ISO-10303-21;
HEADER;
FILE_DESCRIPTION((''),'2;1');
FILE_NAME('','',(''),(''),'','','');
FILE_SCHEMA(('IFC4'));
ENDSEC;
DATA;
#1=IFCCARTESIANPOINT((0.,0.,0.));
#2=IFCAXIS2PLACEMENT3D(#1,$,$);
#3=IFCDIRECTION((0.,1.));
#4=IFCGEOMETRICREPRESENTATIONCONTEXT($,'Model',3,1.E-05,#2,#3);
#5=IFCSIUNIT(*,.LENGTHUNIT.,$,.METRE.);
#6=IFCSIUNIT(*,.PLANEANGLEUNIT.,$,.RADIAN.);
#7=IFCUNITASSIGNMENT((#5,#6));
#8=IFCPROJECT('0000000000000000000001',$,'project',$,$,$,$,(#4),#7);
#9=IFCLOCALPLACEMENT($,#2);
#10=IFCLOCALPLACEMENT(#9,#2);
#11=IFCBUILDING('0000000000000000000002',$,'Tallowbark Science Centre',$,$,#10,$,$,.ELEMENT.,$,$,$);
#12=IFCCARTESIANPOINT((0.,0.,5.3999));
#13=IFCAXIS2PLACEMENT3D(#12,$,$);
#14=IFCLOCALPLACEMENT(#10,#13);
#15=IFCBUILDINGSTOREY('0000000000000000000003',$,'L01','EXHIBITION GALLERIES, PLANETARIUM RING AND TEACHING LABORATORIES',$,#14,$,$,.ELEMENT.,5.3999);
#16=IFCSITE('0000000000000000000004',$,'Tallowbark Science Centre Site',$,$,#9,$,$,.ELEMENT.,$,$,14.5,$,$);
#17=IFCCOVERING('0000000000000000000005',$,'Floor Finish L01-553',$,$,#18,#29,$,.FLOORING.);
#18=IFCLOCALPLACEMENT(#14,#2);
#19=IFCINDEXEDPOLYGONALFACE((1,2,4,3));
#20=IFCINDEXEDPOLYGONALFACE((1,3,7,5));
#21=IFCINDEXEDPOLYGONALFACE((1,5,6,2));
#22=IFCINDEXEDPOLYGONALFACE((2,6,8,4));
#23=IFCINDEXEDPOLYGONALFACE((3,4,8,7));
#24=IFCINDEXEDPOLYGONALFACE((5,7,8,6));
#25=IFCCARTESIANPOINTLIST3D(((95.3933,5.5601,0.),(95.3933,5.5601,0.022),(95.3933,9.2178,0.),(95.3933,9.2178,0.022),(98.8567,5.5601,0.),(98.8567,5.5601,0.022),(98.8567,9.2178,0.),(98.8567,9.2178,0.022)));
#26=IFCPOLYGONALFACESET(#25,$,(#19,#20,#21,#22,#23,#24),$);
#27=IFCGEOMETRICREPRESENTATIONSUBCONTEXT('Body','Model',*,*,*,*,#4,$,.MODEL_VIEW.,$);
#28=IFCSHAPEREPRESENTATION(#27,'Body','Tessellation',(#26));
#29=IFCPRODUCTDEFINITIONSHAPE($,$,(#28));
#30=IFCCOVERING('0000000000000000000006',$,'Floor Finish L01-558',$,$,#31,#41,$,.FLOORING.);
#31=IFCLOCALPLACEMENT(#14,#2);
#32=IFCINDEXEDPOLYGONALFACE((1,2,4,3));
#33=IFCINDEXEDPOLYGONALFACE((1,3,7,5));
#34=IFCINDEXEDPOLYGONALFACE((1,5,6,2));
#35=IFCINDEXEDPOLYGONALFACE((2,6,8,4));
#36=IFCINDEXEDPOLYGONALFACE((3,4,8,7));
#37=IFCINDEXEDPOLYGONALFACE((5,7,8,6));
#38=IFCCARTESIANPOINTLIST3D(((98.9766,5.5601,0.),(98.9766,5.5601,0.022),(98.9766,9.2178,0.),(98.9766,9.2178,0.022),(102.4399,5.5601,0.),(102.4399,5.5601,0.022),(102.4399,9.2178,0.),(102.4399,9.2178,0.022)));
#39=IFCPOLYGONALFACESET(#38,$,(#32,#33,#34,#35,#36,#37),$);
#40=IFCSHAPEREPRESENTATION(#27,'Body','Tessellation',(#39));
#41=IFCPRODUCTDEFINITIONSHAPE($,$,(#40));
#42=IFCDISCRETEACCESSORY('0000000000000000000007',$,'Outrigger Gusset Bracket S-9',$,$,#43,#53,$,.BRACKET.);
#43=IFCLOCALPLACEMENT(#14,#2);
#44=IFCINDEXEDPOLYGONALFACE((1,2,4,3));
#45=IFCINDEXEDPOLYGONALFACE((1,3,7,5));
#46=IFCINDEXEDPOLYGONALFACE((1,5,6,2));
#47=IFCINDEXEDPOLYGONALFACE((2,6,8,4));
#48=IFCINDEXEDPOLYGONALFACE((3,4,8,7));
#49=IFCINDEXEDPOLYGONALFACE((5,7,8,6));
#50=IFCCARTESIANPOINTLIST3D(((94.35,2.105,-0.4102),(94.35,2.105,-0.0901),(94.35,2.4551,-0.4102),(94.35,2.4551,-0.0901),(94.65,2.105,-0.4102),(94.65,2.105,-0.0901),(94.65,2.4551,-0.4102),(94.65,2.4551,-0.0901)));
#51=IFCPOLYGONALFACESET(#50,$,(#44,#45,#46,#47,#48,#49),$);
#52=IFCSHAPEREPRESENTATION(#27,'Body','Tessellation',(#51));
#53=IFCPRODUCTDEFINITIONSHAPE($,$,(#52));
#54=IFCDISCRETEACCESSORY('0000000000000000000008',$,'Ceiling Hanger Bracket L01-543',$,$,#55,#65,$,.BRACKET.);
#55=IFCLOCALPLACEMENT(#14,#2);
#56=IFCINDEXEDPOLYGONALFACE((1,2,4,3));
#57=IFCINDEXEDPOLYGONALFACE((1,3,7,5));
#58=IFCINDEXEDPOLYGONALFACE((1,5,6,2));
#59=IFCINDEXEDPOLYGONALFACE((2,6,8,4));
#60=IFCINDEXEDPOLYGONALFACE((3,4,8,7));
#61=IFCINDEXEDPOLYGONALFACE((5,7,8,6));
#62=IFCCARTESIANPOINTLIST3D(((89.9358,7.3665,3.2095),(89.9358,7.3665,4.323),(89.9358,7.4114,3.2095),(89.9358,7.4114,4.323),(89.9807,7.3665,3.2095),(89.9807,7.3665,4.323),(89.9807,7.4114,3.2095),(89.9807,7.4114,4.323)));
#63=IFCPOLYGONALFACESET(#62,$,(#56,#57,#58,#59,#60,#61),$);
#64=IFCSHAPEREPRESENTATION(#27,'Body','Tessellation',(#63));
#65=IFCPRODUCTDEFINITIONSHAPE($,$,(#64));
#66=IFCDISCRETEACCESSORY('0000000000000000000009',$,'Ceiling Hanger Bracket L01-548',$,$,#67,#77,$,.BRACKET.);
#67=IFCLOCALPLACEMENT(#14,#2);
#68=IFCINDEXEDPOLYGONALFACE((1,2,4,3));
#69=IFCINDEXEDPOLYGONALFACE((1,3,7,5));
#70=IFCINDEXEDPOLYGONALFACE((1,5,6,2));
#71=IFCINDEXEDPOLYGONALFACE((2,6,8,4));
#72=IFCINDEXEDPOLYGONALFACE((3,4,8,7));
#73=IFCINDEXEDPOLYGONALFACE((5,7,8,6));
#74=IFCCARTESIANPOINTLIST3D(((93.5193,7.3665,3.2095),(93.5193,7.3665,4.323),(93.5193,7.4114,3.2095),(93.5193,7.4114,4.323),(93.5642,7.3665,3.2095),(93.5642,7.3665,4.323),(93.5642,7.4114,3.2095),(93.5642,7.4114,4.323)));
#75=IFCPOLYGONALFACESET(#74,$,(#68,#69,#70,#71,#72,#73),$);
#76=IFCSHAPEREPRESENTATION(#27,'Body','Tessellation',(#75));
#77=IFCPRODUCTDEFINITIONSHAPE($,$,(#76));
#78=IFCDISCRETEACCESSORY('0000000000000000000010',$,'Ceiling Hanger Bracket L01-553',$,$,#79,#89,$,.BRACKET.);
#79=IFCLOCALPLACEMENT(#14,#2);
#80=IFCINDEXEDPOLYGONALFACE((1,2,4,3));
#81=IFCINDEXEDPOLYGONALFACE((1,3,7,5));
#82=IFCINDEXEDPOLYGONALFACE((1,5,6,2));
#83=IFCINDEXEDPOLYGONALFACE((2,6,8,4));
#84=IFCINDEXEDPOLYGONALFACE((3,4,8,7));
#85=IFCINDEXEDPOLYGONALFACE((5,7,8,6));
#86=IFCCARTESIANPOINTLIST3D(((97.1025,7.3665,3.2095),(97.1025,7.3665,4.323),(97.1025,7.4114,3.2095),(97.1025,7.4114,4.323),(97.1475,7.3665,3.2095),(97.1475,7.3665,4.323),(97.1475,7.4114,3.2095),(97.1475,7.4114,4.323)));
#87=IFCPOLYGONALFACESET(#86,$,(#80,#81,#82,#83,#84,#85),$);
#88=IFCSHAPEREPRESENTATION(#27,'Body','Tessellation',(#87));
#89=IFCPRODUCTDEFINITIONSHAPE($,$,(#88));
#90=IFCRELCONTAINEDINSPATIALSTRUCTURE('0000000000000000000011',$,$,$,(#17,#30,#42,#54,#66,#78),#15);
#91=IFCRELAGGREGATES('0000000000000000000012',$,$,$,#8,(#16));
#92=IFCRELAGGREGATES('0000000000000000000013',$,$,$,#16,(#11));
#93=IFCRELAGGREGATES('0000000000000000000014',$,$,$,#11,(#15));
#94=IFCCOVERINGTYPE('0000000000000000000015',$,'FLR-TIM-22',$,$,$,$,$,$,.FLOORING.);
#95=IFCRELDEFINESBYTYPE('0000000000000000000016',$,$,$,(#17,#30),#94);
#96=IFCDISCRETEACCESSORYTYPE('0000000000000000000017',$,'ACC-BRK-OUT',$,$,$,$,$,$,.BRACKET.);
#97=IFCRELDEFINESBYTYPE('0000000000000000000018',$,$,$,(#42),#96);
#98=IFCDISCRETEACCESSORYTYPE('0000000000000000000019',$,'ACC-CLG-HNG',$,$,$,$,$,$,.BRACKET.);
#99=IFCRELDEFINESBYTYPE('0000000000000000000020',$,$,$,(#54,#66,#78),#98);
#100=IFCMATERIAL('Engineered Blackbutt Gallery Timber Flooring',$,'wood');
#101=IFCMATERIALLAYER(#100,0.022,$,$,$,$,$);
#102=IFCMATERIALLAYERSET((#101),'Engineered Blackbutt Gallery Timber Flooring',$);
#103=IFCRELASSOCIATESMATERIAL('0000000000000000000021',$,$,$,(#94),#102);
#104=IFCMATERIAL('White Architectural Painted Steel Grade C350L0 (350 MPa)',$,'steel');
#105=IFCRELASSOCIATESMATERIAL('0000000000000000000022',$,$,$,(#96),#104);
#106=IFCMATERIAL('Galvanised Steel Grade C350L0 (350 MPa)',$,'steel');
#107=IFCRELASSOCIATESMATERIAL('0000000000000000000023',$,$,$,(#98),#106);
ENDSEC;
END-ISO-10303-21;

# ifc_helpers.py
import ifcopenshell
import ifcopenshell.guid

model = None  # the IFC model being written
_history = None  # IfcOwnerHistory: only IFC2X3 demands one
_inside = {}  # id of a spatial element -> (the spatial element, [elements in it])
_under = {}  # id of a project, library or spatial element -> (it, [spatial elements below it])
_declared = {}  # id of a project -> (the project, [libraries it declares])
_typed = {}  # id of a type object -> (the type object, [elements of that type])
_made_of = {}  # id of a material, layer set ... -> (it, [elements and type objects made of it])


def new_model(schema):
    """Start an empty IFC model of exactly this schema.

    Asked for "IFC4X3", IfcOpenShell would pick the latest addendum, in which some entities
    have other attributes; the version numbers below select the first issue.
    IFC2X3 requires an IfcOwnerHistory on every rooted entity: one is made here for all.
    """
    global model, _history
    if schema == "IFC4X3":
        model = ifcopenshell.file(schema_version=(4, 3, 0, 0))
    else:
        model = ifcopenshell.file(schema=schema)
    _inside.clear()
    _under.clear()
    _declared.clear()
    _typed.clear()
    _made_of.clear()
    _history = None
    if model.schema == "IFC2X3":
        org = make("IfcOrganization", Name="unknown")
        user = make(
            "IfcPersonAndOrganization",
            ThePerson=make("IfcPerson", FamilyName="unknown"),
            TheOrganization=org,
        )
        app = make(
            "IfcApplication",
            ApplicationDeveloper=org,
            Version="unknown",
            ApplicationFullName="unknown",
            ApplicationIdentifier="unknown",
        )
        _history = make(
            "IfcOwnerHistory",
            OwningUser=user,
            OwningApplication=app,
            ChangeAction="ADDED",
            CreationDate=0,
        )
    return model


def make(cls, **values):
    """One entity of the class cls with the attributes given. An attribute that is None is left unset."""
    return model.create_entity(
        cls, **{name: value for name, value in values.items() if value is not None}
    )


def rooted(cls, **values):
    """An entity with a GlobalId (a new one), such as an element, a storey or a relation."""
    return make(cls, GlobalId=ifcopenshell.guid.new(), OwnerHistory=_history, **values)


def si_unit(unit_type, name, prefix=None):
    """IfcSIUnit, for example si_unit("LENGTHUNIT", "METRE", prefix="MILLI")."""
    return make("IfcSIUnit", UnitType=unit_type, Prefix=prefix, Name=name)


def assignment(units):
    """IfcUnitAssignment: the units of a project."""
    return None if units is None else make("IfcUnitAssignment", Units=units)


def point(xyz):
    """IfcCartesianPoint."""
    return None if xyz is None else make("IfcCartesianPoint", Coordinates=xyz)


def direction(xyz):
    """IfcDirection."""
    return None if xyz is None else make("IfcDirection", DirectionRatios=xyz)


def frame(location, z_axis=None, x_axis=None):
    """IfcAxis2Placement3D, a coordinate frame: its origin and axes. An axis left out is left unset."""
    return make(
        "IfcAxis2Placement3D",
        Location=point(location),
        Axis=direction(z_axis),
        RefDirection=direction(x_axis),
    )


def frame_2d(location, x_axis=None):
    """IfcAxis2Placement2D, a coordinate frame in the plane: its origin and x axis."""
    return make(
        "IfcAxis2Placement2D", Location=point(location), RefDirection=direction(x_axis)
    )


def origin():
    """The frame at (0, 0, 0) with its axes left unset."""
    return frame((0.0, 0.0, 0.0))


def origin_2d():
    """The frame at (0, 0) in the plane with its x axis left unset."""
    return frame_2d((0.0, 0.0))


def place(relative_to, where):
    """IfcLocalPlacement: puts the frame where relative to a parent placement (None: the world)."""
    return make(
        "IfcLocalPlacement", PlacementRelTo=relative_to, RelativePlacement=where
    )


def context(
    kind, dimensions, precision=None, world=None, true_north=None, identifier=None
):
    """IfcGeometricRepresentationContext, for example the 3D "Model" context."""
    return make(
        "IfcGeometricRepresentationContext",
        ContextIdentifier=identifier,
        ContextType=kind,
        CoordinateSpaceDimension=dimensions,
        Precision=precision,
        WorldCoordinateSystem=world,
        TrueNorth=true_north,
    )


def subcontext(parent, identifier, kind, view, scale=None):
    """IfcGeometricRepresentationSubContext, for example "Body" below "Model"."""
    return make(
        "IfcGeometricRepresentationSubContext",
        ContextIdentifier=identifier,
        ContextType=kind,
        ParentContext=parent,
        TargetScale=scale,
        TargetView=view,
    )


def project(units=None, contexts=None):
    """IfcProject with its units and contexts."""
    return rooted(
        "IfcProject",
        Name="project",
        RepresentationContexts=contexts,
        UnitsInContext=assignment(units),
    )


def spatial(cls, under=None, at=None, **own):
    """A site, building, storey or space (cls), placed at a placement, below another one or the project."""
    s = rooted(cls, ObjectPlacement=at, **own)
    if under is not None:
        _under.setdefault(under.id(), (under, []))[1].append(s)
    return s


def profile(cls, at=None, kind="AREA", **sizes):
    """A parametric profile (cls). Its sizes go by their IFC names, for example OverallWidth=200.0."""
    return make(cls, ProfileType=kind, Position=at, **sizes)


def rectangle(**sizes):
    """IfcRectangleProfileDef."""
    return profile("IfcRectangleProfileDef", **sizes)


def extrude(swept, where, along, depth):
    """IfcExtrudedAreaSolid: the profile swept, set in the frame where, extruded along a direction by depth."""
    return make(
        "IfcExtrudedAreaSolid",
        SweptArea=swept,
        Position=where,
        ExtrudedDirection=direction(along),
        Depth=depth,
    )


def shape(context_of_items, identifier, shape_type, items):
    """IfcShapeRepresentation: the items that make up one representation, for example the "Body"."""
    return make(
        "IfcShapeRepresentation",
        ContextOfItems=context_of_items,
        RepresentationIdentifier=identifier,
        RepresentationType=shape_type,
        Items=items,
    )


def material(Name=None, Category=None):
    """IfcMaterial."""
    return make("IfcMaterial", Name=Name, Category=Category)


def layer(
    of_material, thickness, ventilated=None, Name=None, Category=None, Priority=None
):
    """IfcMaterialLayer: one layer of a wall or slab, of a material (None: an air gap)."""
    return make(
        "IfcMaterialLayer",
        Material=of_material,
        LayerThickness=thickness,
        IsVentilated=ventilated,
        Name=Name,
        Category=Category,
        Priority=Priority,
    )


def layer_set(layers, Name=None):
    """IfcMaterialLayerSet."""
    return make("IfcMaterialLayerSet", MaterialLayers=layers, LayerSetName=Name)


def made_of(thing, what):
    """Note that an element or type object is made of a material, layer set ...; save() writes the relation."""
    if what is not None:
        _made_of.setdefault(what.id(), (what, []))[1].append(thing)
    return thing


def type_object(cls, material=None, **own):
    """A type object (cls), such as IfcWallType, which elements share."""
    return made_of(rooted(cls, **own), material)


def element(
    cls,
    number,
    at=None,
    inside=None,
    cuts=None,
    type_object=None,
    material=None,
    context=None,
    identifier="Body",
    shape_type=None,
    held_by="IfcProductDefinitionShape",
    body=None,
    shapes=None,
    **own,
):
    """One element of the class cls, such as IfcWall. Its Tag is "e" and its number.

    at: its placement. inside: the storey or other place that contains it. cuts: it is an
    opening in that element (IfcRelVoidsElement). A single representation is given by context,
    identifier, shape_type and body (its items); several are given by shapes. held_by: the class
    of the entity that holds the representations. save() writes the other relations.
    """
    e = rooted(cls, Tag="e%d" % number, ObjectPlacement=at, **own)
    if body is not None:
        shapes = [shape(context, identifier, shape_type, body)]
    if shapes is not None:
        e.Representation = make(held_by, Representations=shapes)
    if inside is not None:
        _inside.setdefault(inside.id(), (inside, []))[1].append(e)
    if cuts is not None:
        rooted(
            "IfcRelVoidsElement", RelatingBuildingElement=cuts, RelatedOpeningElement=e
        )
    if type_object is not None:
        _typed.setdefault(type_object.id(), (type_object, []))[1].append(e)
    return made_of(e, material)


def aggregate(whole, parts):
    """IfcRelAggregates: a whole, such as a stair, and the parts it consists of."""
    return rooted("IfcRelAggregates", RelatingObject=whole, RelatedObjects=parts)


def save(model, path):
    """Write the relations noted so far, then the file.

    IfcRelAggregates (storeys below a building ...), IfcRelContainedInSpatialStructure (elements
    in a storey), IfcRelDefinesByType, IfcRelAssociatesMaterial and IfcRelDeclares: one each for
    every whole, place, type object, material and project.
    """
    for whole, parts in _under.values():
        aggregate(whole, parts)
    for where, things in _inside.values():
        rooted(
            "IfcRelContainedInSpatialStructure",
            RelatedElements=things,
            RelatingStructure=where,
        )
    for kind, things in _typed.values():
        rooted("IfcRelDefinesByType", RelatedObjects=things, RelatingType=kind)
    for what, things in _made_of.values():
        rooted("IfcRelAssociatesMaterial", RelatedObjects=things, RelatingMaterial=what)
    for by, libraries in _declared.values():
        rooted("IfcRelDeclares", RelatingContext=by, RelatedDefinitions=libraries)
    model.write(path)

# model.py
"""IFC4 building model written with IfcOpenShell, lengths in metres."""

from ifc_helpers import new_model, si_unit, direction, frame, origin, origin_2d, place, context, subcontext, project, spatial, rectangle, extrude, material, layer, layer_set, type_object, element, save


model = new_model("IFC4")

# Units and contexts
model_context = context("Model", 3, precision=1e-05, world=origin(), true_north=direction((0.0, 1.0)))
body_context = subcontext(model_context, "Body", "Model", "MODEL_VIEW")
ifc_project = project(units=[si_unit("LENGTHUNIT", "METRE"), si_unit("PLANEANGLEUNIT", "RADIAN")], contexts=[model_context])

# Site, building, storey
site_placement = place(None, origin())
site = spatial("IfcSite", under=ifc_project, at=site_placement, Name="Tallowbark Science Centre Site", CompositionType="ELEMENT", RefElevation=14.5)
building_placement = place(site_placement, origin())
building = spatial("IfcBuilding", under=site, at=building_placement, Name="Tallowbark Science Centre", CompositionType="ELEMENT")
storey_placement = place(building_placement, frame((0.0, 0.0, 5.3999)))
storey = spatial("IfcBuildingStorey", under=building, at=storey_placement, Name="L01", Description="EXHIBITION GALLERIES, PLANETARIUM RING AND TEACHING LABORATORIES", CompositionType="ELEMENT", Elevation=5.3999)

# Shared definitions
ifc_material_1 = material(Name="White Architectural Painted Steel Grade C350L0 (350 MPa)", Category="steel")

# Coverings
ifc_material_2 = material(Name="Engineered Blackbutt Gallery Timber Flooring", Category="wood")
ifc_layer_1 = layer(ifc_material_2, 0.022)
ifc_layer_set_1 = layer_set([ifc_layer_1], Name="Engineered Blackbutt Gallery Timber Flooring")
covering_type_1 = type_object("IfcCoveringType", Name="FLR-TIM-22", PredefinedType="FLOORING", material=ifc_layer_set_1)
for number, where, z_axis, x_axis, name in (
    (1, (97.125, 7.3889, 0.0), (0.0, 0.0, 1.0), (1.0, 0.0, 0.0), "Floor Finish L01-553"),
    (2, (100.7083, 7.3889, 0.0), (0.0, 0.0, 1.0), (1.0, 0.0, 0.0), "Floor Finish L01-558"),
):
    element("IfcCovering", number, at=place(storey_placement, frame(where, z_axis=z_axis, x_axis=x_axis)), inside=storey, type_object=covering_type_1, Name=name, PredefinedType="FLOORING", context=body_context, shape_type="SweptSolid", body=[
        extrude(rectangle(XDim=3.4634, YDim=3.6577, at=origin_2d()), origin(), (0.0, 0.0, 1.0), 0.022),
    ])

# Discrete accessories
discrete_accessory_type_1 = type_object("IfcDiscreteAccessoryType", Name="ACC-BRK-OUT", PredefinedType="BRACKET", material=ifc_material_1)
discrete_accessory_placement = place(storey_placement, frame((94.5, 2.28, -0.4102), z_axis=(0.0, 0.0, 1.0), x_axis=(1.0, 0.0, 0.0)))
element("IfcDiscreteAccessory", 3, at=discrete_accessory_placement, inside=storey, type_object=discrete_accessory_type_1, Name="Outrigger Gusset Bracket S-9", PredefinedType="BRACKET", context=body_context, shape_type="SweptSolid", body=[
    extrude(rectangle(XDim=0.3, YDim=0.3501, at=origin_2d()), origin(), (0.0, 0.0, 1.0), 0.3201),
])
ifc_material_3 = material(Name="Galvanised Steel Grade C350L0 (350 MPa)", Category="steel")
discrete_accessory_type_2 = type_object("IfcDiscreteAccessoryType", Name="ACC-CLG-HNG", PredefinedType="BRACKET", material=ifc_material_3)
for number, where, z_axis, x_axis, name in (
    (4, (89.9583, 7.3889, 3.2095), (0.0, 0.0, 1.0), (1.0, 0.0, 0.0), "Ceiling Hanger Bracket L01-543"),
    (5, (93.5417, 7.3889, 3.2095), (0.0, 0.0, 1.0), (1.0, 0.0, 0.0), "Ceiling Hanger Bracket L01-548"),
    (6, (97.125, 7.3889, 3.2095), (0.0, 0.0, 1.0), (1.0, 0.0, 0.0), "Ceiling Hanger Bracket L01-553"),
):
    element("IfcDiscreteAccessory", number, at=place(storey_placement, frame(where, z_axis=z_axis, x_axis=x_axis)), inside=storey, type_object=discrete_accessory_type_2, Name=name, PredefinedType="BRACKET", context=body_context, shape_type="SweptSolid", body=[
        extrude(rectangle(XDim=0.0449, YDim=0.0449, at=origin_2d()), origin(), (0.0, 0.0, 1.0), 1.1135),
    ])

save(model, "model.ifc")
